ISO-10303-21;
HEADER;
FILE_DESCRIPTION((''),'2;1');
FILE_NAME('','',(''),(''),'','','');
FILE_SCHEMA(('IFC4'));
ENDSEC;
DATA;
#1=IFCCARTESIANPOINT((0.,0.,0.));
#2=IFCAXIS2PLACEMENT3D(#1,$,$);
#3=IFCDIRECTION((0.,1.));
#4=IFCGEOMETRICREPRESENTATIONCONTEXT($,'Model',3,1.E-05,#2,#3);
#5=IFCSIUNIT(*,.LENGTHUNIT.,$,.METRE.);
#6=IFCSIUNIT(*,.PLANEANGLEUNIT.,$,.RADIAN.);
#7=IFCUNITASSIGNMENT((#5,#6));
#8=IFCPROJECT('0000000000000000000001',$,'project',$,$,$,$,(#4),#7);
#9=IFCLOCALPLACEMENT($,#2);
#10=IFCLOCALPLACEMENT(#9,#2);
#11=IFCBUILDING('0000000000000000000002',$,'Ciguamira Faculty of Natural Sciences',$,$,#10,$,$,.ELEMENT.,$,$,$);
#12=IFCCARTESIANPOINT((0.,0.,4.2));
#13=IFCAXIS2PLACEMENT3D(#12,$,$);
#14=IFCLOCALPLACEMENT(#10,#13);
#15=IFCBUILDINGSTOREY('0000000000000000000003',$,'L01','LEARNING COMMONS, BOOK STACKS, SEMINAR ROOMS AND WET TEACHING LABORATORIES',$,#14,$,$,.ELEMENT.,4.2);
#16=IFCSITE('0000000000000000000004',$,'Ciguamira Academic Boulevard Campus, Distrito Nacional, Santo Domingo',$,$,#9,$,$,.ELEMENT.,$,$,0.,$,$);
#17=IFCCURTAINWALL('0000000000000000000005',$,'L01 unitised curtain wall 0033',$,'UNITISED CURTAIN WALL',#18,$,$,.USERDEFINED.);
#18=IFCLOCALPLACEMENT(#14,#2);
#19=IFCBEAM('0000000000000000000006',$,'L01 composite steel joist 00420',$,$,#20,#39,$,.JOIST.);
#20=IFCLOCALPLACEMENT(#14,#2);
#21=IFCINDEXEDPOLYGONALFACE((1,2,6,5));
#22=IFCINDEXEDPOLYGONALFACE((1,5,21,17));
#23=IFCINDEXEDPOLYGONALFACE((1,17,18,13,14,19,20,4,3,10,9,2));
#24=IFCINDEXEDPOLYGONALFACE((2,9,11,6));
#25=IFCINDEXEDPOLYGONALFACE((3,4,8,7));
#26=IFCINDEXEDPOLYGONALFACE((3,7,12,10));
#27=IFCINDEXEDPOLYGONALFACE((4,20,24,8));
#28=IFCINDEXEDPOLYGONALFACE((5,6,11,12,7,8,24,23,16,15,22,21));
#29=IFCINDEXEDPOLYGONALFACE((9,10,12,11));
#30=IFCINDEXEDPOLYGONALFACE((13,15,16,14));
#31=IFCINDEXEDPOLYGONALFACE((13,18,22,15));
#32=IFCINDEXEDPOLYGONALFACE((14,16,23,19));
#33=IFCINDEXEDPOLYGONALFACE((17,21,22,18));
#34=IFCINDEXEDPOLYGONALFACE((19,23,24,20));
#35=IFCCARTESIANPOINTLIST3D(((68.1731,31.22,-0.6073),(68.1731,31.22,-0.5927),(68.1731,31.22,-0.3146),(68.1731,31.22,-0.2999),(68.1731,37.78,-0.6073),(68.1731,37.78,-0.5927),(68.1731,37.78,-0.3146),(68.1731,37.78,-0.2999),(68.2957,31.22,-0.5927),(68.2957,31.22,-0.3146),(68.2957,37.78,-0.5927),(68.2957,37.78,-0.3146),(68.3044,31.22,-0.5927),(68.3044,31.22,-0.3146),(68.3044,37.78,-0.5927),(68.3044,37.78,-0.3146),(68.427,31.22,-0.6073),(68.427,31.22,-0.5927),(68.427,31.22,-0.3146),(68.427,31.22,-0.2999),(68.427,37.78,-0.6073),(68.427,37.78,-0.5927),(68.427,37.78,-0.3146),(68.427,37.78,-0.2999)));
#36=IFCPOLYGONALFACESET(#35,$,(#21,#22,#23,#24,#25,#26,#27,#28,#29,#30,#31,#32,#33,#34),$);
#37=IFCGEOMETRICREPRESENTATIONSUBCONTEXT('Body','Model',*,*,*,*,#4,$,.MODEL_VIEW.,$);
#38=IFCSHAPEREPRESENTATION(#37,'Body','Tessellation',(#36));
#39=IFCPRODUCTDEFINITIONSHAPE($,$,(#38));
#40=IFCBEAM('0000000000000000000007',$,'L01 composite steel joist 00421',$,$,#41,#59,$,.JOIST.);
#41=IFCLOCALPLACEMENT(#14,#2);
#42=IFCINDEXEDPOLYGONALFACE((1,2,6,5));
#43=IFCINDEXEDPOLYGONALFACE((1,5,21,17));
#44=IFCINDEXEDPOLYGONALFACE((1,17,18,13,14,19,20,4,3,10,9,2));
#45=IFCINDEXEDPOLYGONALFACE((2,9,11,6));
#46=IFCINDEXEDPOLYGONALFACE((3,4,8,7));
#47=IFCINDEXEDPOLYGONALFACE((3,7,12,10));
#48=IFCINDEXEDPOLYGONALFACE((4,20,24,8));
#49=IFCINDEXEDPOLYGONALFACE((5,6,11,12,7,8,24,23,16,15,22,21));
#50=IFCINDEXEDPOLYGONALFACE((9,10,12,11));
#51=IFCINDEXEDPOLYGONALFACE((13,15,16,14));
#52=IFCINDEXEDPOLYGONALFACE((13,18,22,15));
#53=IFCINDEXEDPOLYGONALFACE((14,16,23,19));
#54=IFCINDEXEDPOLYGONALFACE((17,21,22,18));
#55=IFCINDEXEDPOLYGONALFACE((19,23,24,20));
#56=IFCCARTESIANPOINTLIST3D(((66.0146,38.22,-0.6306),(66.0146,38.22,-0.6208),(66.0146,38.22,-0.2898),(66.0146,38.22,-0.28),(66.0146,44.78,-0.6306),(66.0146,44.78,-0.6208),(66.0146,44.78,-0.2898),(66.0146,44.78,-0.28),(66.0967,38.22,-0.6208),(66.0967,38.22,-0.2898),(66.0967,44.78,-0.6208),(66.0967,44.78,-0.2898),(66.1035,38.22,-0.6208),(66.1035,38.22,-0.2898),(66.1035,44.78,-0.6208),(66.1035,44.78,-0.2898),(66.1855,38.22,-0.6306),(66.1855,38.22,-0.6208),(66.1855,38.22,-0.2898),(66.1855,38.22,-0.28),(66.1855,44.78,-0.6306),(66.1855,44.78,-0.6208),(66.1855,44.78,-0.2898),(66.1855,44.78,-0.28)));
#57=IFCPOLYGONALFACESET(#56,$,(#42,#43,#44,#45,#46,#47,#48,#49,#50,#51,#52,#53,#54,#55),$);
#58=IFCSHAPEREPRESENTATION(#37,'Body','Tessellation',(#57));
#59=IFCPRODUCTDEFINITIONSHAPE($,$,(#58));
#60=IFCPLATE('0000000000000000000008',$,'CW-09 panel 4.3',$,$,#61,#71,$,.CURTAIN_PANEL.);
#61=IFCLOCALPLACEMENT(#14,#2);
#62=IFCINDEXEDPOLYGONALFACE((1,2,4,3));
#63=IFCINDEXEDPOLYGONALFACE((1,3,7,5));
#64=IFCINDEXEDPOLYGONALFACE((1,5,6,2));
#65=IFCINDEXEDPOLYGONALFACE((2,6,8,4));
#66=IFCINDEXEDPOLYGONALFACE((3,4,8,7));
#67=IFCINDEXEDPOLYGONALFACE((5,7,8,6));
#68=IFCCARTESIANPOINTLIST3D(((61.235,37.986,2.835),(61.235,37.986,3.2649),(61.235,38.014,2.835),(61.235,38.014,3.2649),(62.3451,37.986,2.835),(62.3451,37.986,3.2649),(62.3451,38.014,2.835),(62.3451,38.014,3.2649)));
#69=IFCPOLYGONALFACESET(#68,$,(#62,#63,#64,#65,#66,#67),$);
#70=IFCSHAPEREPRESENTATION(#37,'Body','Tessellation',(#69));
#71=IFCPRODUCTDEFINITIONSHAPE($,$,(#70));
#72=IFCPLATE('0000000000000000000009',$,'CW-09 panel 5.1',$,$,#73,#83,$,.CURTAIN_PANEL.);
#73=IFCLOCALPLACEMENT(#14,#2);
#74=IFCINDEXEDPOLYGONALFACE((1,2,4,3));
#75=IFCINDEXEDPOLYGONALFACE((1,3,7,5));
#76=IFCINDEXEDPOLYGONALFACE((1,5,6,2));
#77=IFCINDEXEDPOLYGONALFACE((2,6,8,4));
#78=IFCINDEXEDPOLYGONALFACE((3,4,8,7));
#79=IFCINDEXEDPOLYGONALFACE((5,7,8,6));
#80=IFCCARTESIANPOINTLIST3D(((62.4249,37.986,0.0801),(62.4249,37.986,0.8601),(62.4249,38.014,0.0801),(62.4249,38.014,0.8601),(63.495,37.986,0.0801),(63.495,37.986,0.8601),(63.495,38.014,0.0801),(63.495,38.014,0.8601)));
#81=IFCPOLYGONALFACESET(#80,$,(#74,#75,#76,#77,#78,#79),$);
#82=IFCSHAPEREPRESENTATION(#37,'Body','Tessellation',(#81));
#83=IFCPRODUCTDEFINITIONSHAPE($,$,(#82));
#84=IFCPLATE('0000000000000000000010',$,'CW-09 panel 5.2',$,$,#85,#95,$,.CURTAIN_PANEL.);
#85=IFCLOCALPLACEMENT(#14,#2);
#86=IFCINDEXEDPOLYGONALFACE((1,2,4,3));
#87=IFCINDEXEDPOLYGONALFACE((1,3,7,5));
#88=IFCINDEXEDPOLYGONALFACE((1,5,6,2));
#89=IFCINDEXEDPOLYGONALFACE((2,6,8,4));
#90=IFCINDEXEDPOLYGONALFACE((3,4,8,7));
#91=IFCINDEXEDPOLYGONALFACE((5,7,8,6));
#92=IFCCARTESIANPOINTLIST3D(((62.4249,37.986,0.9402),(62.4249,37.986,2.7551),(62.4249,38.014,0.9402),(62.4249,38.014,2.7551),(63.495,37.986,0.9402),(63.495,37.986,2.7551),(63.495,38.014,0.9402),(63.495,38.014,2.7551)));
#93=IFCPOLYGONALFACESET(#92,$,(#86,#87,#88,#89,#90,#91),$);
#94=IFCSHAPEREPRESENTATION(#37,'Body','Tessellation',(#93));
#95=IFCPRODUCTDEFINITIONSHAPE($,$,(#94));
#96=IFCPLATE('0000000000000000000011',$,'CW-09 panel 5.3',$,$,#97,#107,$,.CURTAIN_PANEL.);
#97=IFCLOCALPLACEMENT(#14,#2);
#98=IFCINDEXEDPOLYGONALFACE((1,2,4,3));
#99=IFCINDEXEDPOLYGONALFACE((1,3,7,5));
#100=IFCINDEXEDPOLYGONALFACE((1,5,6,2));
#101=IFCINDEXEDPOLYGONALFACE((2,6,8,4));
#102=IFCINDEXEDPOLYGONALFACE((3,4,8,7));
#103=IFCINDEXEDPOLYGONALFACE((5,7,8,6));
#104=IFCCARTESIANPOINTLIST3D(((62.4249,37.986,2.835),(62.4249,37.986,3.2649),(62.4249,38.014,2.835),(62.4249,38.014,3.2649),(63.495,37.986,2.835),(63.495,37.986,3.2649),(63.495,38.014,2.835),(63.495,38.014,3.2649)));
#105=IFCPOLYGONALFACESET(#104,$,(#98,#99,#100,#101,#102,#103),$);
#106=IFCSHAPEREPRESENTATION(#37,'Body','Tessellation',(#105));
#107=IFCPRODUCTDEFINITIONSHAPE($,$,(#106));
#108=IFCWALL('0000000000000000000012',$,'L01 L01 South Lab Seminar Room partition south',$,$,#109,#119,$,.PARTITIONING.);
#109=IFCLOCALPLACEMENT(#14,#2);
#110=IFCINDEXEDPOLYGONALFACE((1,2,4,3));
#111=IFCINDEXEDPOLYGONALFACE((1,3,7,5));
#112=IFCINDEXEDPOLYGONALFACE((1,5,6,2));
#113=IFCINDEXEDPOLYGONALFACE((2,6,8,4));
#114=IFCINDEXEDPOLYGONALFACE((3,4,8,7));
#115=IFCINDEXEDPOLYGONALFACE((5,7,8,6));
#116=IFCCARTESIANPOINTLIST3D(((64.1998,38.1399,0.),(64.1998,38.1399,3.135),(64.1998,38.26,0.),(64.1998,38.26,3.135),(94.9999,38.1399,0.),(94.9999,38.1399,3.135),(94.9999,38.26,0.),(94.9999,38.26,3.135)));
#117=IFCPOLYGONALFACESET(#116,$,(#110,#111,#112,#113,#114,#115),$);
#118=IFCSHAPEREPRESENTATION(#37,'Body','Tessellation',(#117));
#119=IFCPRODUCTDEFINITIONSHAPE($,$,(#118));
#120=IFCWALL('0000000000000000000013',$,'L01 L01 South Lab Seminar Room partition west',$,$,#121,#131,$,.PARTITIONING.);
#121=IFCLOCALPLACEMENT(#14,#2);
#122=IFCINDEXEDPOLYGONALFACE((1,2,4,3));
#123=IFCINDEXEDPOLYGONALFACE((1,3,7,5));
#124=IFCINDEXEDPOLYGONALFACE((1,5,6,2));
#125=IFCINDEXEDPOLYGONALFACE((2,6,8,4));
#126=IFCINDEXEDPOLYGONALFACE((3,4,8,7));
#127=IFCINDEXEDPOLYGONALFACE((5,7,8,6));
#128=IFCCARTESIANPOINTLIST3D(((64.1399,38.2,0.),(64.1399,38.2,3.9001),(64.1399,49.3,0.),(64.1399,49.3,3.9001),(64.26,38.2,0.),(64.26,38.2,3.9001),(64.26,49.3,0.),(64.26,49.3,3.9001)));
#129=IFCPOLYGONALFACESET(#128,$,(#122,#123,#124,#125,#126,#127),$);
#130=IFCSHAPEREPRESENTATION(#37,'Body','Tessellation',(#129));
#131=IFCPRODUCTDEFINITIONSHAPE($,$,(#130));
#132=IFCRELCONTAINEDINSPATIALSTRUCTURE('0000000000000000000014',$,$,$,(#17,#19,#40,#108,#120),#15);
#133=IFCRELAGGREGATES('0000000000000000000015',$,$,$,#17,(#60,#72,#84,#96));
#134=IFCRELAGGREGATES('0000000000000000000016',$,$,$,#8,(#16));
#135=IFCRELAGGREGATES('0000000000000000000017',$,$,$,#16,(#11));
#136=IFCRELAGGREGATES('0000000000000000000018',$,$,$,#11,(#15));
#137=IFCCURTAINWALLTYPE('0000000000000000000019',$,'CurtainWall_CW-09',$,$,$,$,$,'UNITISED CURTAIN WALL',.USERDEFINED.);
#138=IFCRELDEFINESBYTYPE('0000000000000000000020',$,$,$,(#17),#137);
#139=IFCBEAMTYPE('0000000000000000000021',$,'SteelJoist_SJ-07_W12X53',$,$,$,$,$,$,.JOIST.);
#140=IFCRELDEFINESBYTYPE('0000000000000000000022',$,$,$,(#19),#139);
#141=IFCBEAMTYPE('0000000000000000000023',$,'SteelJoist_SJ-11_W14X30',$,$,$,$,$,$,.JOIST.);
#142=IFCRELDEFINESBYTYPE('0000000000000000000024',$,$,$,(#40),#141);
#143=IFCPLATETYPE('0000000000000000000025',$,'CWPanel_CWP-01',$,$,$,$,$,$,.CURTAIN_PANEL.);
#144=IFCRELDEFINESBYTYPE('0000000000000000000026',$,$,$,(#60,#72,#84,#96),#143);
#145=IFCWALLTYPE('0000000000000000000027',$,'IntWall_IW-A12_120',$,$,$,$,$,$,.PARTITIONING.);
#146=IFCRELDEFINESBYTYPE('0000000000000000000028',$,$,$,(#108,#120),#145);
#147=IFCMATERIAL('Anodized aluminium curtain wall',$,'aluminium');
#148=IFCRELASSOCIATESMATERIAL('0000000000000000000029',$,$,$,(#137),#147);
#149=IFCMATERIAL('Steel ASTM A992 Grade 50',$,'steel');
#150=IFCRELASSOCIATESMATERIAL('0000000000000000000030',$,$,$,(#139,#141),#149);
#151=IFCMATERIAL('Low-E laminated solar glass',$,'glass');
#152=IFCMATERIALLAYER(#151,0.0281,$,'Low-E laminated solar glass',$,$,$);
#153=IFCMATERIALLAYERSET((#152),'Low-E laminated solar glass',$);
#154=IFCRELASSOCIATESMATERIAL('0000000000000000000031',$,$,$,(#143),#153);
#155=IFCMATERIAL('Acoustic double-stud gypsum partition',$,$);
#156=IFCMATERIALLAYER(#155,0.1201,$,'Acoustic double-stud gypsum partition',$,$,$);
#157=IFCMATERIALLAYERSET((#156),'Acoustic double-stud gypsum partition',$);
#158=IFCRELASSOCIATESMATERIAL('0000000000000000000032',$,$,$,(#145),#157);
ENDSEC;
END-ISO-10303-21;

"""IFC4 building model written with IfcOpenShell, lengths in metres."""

from ifc_helpers import new_model, si_unit, direction, frame, frame_2d, origin, origin_2d, place, context, subcontext, project, spatial, rectangle, i_section, extrude, material, layer, layer_set, material_profile, profile_set, type_object, element, aggregate, save


model = new_model("IFC4")

# Units and contexts
model_context = context("Model", 3, precision=1e-05, world=origin(), true_north=direction((0.0, 1.0)))
body_context = subcontext(model_context, "Body", "Model", "MODEL_VIEW")
ifc_project = project(units=[si_unit("LENGTHUNIT", "METRE"), si_unit("PLANEANGLEUNIT", "RADIAN")], contexts=[model_context])

# Site, building, storey
site_placement = place(None, origin())
site = spatial("IfcSite", under=ifc_project, at=site_placement, Name="Ciguamira Academic Boulevard Campus, Distrito Nacional, Santo Domingo", CompositionType="ELEMENT", RefElevation=0.0)
building_placement = place(site_placement, origin())
building = spatial("IfcBuilding", under=site, at=building_placement, Name="Ciguamira Faculty of Natural Sciences", CompositionType="ELEMENT")
storey_placement = place(building_placement, frame((0.0, 0.0, 4.2)))
storey = spatial("IfcBuildingStorey", under=building, at=storey_placement, Name="L01", Description="LEARNING COMMONS, BOOK STACKS, SEMINAR ROOMS AND WET TEACHING LABORATORIES", CompositionType="ELEMENT", Elevation=4.2)

# Curtain wall
ifc_material_1 = material(Name="Anodized aluminium curtain wall", Category="aluminium")
curtain_wall_type = type_object("IfcCurtainWallType", Name="CurtainWall_CW-09", ElementType="UNITISED CURTAIN WALL", PredefinedType="USERDEFINED", material=ifc_material_1)
curtain_wall_placement = place(storey_placement, origin())
curtain_wall = element("IfcCurtainWall", 1, at=curtain_wall_placement, inside=storey, type_object=curtain_wall_type, Name="L01 unitised curtain wall 0033", ObjectType="UNITISED CURTAIN WALL", PredefinedType="USERDEFINED")

# Beams
ifc_material_2 = material(Name="Steel ASTM A992 Grade 50", Category="steel")
ifc_material_profile_1 = material_profile(ifc_material_2, i_section(OverallWidth=0.2539, OverallDepth=0.3074, WebThickness=0.0088, FlangeThickness=0.0146, at=origin_2d()), Name="W12X53")
ifc_profile_set_1 = profile_set([ifc_material_profile_1], Name="Steel ASTM A992 Grade 50")
beam_type_1 = type_object("IfcBeamType", Name="SteelJoist_SJ-07_W12X53", PredefinedType="JOIST", material=ifc_profile_set_1)
beam_1_placement = place(storey_placement, frame((68.3, 31.22, -0.4536), z_axis=(0.0, 1.0, 0.0), x_axis=(-1.0, 0.0, 0.0)))
element("IfcBeam", 2, at=beam_1_placement, inside=storey, type_object=beam_type_1, Name="L01 composite steel joist 00420", PredefinedType="JOIST", context=body_context, shape_type="SweptSolid", body=[
    extrude(i_section(OverallWidth=0.2539, OverallDepth=0.3074, WebThickness=0.0088, FlangeThickness=0.0146, at=origin_2d()), origin(), (0.0, 0.0, 1.0), 6.5601),
])
ifc_material_profile_2 = material_profile(ifc_material_2, i_section(OverallWidth=0.1709, OverallDepth=0.3506, WebThickness=0.0068, FlangeThickness=0.0098, at=origin_2d()), Name="W14X30")
ifc_profile_set_2 = profile_set([ifc_material_profile_2], Name="Steel ASTM A992 Grade 50")
beam_type_2 = type_object("IfcBeamType", Name="SteelJoist_SJ-11_W14X30", PredefinedType="JOIST", material=ifc_profile_set_2)
beam_2_placement = place(storey_placement, frame((66.1001, 38.22, -0.4553), z_axis=(0.0, 1.0, 0.0), x_axis=(-1.0, 0.0, 0.0)))
element("IfcBeam", 3, at=beam_2_placement, inside=storey, type_object=beam_type_2, Name="L01 composite steel joist 00421", PredefinedType="JOIST", context=body_context, shape_type="SweptSolid", body=[
    extrude(i_section(OverallWidth=0.1709, OverallDepth=0.3506, WebThickness=0.0068, FlangeThickness=0.0098, at=origin_2d()), origin(), (0.0, 0.0, 1.0), 6.5601),
])

# Plates
ifc_material_3 = material(Name="Low-E laminated solar glass", Category="glass")
ifc_layer_1 = layer(ifc_material_3, 0.0281, Name="Low-E laminated solar glass")
ifc_layer_set_1 = layer_set([ifc_layer_1], Name="Low-E laminated solar glass")
plate_type = type_object("IfcPlateType", Name="CWPanel_CWP-01", PredefinedType="CURTAIN_PANEL", material=ifc_layer_set_1)
plate_1_placement = place(storey_placement, frame((61.79, 38.0, 2.835), z_axis=(0.0, 0.0, 1.0), x_axis=(1.0, 0.0, 0.0)))
plate_1 = element("IfcPlate", 4, at=plate_1_placement, type_object=plate_type, Name="CW-09 panel 4.3", PredefinedType="CURTAIN_PANEL", context=body_context, shape_type="SweptSolid", body=[
    extrude(rectangle(XDim=1.1101, YDim=0.0281, at=origin_2d()), origin(), (0.0, 0.0, 1.0), 0.4299),
])
plate_2_placement = place(storey_placement, frame((62.96, 38.0, 0.0801), z_axis=(0.0, 0.0, 1.0), x_axis=(1.0, 0.0, 0.0)))
plate_2 = element("IfcPlate", 5, at=plate_2_placement, type_object=plate_type, Name="CW-09 panel 5.1", PredefinedType="CURTAIN_PANEL", context=body_context, shape_type="SweptSolid", body=[
    extrude(rectangle(XDim=1.0701, YDim=0.0281, at=origin_2d()), origin(), (0.0, 0.0, 1.0), 0.78),
])
plate_3_placement = place(storey_placement, frame((62.96, 38.0, 0.9402), z_axis=(0.0, 0.0, 1.0), x_axis=(1.0, 0.0, 0.0)))
plate_3 = element("IfcPlate", 6, at=plate_3_placement, type_object=plate_type, Name="CW-09 panel 5.2", PredefinedType="CURTAIN_PANEL", context=body_context, shape_type="SweptSolid", body=[
    extrude(rectangle(XDim=1.0701, YDim=0.0281, at=origin_2d()), origin(), (0.0, 0.0, 1.0), 1.8149),
])
plate_4_placement = place(storey_placement, frame((62.96, 38.0, 2.835), z_axis=(0.0, 0.0, 1.0), x_axis=(1.0, 0.0, 0.0)))
plate_4 = element("IfcPlate", 7, at=plate_4_placement, type_object=plate_type, Name="CW-09 panel 5.3", PredefinedType="CURTAIN_PANEL", context=body_context, shape_type="SweptSolid", body=[
    extrude(rectangle(XDim=1.0701, YDim=0.0281, at=origin_2d()), origin(), (0.0, 0.0, 1.0), 0.4299),
])
aggregate(curtain_wall, [plate_1, plate_2, plate_3, plate_4])

# Walls
ifc_material_4 = material(Name="Acoustic double-stud gypsum partition")
ifc_layer_2 = layer(ifc_material_4, 0.1201, Name="Acoustic double-stud gypsum partition")
ifc_layer_set_2 = layer_set([ifc_layer_2], Name="Acoustic double-stud gypsum partition")
wall_type = type_object("IfcWallType", Name="IntWall_IW-A12_120", PredefinedType="PARTITIONING", material=ifc_layer_set_2)
wall_1_placement = place(storey_placement, frame((64.2, 38.2, 0.0), z_axis=(0.0, 0.0, 1.0), x_axis=(1.0, 0.0, 0.0)))
element("IfcWall", 8, at=wall_1_placement, inside=storey, type_object=wall_type, Name="L01 L01 South Lab Seminar Room partition south", PredefinedType="PARTITIONING", context=body_context, shape_type="SweptSolid", body=[
    extrude(rectangle(XDim=30.8, YDim=0.1201, at=frame_2d((15.3999, 0.0))), origin(), (0.0, 0.0, 1.0), 3.135),
])
wall_2_placement = place(storey_placement, frame((64.2, 38.2, 0.0), z_axis=(0.0, 0.0, 1.0), x_axis=(0.0, 1.0, 0.0)))
element("IfcWall", 9, at=wall_2_placement, inside=storey, type_object=wall_type, Name="L01 L01 South Lab Seminar Room partition west", PredefinedType="PARTITIONING", context=body_context, shape_type="SweptSolid", body=[
    extrude(rectangle(XDim=11.1001, YDim=0.1201, at=frame_2d((5.55, 0.0))), origin(), (0.0, 0.0, 1.0), 3.9001),
])

save(model, "model.ifc")
